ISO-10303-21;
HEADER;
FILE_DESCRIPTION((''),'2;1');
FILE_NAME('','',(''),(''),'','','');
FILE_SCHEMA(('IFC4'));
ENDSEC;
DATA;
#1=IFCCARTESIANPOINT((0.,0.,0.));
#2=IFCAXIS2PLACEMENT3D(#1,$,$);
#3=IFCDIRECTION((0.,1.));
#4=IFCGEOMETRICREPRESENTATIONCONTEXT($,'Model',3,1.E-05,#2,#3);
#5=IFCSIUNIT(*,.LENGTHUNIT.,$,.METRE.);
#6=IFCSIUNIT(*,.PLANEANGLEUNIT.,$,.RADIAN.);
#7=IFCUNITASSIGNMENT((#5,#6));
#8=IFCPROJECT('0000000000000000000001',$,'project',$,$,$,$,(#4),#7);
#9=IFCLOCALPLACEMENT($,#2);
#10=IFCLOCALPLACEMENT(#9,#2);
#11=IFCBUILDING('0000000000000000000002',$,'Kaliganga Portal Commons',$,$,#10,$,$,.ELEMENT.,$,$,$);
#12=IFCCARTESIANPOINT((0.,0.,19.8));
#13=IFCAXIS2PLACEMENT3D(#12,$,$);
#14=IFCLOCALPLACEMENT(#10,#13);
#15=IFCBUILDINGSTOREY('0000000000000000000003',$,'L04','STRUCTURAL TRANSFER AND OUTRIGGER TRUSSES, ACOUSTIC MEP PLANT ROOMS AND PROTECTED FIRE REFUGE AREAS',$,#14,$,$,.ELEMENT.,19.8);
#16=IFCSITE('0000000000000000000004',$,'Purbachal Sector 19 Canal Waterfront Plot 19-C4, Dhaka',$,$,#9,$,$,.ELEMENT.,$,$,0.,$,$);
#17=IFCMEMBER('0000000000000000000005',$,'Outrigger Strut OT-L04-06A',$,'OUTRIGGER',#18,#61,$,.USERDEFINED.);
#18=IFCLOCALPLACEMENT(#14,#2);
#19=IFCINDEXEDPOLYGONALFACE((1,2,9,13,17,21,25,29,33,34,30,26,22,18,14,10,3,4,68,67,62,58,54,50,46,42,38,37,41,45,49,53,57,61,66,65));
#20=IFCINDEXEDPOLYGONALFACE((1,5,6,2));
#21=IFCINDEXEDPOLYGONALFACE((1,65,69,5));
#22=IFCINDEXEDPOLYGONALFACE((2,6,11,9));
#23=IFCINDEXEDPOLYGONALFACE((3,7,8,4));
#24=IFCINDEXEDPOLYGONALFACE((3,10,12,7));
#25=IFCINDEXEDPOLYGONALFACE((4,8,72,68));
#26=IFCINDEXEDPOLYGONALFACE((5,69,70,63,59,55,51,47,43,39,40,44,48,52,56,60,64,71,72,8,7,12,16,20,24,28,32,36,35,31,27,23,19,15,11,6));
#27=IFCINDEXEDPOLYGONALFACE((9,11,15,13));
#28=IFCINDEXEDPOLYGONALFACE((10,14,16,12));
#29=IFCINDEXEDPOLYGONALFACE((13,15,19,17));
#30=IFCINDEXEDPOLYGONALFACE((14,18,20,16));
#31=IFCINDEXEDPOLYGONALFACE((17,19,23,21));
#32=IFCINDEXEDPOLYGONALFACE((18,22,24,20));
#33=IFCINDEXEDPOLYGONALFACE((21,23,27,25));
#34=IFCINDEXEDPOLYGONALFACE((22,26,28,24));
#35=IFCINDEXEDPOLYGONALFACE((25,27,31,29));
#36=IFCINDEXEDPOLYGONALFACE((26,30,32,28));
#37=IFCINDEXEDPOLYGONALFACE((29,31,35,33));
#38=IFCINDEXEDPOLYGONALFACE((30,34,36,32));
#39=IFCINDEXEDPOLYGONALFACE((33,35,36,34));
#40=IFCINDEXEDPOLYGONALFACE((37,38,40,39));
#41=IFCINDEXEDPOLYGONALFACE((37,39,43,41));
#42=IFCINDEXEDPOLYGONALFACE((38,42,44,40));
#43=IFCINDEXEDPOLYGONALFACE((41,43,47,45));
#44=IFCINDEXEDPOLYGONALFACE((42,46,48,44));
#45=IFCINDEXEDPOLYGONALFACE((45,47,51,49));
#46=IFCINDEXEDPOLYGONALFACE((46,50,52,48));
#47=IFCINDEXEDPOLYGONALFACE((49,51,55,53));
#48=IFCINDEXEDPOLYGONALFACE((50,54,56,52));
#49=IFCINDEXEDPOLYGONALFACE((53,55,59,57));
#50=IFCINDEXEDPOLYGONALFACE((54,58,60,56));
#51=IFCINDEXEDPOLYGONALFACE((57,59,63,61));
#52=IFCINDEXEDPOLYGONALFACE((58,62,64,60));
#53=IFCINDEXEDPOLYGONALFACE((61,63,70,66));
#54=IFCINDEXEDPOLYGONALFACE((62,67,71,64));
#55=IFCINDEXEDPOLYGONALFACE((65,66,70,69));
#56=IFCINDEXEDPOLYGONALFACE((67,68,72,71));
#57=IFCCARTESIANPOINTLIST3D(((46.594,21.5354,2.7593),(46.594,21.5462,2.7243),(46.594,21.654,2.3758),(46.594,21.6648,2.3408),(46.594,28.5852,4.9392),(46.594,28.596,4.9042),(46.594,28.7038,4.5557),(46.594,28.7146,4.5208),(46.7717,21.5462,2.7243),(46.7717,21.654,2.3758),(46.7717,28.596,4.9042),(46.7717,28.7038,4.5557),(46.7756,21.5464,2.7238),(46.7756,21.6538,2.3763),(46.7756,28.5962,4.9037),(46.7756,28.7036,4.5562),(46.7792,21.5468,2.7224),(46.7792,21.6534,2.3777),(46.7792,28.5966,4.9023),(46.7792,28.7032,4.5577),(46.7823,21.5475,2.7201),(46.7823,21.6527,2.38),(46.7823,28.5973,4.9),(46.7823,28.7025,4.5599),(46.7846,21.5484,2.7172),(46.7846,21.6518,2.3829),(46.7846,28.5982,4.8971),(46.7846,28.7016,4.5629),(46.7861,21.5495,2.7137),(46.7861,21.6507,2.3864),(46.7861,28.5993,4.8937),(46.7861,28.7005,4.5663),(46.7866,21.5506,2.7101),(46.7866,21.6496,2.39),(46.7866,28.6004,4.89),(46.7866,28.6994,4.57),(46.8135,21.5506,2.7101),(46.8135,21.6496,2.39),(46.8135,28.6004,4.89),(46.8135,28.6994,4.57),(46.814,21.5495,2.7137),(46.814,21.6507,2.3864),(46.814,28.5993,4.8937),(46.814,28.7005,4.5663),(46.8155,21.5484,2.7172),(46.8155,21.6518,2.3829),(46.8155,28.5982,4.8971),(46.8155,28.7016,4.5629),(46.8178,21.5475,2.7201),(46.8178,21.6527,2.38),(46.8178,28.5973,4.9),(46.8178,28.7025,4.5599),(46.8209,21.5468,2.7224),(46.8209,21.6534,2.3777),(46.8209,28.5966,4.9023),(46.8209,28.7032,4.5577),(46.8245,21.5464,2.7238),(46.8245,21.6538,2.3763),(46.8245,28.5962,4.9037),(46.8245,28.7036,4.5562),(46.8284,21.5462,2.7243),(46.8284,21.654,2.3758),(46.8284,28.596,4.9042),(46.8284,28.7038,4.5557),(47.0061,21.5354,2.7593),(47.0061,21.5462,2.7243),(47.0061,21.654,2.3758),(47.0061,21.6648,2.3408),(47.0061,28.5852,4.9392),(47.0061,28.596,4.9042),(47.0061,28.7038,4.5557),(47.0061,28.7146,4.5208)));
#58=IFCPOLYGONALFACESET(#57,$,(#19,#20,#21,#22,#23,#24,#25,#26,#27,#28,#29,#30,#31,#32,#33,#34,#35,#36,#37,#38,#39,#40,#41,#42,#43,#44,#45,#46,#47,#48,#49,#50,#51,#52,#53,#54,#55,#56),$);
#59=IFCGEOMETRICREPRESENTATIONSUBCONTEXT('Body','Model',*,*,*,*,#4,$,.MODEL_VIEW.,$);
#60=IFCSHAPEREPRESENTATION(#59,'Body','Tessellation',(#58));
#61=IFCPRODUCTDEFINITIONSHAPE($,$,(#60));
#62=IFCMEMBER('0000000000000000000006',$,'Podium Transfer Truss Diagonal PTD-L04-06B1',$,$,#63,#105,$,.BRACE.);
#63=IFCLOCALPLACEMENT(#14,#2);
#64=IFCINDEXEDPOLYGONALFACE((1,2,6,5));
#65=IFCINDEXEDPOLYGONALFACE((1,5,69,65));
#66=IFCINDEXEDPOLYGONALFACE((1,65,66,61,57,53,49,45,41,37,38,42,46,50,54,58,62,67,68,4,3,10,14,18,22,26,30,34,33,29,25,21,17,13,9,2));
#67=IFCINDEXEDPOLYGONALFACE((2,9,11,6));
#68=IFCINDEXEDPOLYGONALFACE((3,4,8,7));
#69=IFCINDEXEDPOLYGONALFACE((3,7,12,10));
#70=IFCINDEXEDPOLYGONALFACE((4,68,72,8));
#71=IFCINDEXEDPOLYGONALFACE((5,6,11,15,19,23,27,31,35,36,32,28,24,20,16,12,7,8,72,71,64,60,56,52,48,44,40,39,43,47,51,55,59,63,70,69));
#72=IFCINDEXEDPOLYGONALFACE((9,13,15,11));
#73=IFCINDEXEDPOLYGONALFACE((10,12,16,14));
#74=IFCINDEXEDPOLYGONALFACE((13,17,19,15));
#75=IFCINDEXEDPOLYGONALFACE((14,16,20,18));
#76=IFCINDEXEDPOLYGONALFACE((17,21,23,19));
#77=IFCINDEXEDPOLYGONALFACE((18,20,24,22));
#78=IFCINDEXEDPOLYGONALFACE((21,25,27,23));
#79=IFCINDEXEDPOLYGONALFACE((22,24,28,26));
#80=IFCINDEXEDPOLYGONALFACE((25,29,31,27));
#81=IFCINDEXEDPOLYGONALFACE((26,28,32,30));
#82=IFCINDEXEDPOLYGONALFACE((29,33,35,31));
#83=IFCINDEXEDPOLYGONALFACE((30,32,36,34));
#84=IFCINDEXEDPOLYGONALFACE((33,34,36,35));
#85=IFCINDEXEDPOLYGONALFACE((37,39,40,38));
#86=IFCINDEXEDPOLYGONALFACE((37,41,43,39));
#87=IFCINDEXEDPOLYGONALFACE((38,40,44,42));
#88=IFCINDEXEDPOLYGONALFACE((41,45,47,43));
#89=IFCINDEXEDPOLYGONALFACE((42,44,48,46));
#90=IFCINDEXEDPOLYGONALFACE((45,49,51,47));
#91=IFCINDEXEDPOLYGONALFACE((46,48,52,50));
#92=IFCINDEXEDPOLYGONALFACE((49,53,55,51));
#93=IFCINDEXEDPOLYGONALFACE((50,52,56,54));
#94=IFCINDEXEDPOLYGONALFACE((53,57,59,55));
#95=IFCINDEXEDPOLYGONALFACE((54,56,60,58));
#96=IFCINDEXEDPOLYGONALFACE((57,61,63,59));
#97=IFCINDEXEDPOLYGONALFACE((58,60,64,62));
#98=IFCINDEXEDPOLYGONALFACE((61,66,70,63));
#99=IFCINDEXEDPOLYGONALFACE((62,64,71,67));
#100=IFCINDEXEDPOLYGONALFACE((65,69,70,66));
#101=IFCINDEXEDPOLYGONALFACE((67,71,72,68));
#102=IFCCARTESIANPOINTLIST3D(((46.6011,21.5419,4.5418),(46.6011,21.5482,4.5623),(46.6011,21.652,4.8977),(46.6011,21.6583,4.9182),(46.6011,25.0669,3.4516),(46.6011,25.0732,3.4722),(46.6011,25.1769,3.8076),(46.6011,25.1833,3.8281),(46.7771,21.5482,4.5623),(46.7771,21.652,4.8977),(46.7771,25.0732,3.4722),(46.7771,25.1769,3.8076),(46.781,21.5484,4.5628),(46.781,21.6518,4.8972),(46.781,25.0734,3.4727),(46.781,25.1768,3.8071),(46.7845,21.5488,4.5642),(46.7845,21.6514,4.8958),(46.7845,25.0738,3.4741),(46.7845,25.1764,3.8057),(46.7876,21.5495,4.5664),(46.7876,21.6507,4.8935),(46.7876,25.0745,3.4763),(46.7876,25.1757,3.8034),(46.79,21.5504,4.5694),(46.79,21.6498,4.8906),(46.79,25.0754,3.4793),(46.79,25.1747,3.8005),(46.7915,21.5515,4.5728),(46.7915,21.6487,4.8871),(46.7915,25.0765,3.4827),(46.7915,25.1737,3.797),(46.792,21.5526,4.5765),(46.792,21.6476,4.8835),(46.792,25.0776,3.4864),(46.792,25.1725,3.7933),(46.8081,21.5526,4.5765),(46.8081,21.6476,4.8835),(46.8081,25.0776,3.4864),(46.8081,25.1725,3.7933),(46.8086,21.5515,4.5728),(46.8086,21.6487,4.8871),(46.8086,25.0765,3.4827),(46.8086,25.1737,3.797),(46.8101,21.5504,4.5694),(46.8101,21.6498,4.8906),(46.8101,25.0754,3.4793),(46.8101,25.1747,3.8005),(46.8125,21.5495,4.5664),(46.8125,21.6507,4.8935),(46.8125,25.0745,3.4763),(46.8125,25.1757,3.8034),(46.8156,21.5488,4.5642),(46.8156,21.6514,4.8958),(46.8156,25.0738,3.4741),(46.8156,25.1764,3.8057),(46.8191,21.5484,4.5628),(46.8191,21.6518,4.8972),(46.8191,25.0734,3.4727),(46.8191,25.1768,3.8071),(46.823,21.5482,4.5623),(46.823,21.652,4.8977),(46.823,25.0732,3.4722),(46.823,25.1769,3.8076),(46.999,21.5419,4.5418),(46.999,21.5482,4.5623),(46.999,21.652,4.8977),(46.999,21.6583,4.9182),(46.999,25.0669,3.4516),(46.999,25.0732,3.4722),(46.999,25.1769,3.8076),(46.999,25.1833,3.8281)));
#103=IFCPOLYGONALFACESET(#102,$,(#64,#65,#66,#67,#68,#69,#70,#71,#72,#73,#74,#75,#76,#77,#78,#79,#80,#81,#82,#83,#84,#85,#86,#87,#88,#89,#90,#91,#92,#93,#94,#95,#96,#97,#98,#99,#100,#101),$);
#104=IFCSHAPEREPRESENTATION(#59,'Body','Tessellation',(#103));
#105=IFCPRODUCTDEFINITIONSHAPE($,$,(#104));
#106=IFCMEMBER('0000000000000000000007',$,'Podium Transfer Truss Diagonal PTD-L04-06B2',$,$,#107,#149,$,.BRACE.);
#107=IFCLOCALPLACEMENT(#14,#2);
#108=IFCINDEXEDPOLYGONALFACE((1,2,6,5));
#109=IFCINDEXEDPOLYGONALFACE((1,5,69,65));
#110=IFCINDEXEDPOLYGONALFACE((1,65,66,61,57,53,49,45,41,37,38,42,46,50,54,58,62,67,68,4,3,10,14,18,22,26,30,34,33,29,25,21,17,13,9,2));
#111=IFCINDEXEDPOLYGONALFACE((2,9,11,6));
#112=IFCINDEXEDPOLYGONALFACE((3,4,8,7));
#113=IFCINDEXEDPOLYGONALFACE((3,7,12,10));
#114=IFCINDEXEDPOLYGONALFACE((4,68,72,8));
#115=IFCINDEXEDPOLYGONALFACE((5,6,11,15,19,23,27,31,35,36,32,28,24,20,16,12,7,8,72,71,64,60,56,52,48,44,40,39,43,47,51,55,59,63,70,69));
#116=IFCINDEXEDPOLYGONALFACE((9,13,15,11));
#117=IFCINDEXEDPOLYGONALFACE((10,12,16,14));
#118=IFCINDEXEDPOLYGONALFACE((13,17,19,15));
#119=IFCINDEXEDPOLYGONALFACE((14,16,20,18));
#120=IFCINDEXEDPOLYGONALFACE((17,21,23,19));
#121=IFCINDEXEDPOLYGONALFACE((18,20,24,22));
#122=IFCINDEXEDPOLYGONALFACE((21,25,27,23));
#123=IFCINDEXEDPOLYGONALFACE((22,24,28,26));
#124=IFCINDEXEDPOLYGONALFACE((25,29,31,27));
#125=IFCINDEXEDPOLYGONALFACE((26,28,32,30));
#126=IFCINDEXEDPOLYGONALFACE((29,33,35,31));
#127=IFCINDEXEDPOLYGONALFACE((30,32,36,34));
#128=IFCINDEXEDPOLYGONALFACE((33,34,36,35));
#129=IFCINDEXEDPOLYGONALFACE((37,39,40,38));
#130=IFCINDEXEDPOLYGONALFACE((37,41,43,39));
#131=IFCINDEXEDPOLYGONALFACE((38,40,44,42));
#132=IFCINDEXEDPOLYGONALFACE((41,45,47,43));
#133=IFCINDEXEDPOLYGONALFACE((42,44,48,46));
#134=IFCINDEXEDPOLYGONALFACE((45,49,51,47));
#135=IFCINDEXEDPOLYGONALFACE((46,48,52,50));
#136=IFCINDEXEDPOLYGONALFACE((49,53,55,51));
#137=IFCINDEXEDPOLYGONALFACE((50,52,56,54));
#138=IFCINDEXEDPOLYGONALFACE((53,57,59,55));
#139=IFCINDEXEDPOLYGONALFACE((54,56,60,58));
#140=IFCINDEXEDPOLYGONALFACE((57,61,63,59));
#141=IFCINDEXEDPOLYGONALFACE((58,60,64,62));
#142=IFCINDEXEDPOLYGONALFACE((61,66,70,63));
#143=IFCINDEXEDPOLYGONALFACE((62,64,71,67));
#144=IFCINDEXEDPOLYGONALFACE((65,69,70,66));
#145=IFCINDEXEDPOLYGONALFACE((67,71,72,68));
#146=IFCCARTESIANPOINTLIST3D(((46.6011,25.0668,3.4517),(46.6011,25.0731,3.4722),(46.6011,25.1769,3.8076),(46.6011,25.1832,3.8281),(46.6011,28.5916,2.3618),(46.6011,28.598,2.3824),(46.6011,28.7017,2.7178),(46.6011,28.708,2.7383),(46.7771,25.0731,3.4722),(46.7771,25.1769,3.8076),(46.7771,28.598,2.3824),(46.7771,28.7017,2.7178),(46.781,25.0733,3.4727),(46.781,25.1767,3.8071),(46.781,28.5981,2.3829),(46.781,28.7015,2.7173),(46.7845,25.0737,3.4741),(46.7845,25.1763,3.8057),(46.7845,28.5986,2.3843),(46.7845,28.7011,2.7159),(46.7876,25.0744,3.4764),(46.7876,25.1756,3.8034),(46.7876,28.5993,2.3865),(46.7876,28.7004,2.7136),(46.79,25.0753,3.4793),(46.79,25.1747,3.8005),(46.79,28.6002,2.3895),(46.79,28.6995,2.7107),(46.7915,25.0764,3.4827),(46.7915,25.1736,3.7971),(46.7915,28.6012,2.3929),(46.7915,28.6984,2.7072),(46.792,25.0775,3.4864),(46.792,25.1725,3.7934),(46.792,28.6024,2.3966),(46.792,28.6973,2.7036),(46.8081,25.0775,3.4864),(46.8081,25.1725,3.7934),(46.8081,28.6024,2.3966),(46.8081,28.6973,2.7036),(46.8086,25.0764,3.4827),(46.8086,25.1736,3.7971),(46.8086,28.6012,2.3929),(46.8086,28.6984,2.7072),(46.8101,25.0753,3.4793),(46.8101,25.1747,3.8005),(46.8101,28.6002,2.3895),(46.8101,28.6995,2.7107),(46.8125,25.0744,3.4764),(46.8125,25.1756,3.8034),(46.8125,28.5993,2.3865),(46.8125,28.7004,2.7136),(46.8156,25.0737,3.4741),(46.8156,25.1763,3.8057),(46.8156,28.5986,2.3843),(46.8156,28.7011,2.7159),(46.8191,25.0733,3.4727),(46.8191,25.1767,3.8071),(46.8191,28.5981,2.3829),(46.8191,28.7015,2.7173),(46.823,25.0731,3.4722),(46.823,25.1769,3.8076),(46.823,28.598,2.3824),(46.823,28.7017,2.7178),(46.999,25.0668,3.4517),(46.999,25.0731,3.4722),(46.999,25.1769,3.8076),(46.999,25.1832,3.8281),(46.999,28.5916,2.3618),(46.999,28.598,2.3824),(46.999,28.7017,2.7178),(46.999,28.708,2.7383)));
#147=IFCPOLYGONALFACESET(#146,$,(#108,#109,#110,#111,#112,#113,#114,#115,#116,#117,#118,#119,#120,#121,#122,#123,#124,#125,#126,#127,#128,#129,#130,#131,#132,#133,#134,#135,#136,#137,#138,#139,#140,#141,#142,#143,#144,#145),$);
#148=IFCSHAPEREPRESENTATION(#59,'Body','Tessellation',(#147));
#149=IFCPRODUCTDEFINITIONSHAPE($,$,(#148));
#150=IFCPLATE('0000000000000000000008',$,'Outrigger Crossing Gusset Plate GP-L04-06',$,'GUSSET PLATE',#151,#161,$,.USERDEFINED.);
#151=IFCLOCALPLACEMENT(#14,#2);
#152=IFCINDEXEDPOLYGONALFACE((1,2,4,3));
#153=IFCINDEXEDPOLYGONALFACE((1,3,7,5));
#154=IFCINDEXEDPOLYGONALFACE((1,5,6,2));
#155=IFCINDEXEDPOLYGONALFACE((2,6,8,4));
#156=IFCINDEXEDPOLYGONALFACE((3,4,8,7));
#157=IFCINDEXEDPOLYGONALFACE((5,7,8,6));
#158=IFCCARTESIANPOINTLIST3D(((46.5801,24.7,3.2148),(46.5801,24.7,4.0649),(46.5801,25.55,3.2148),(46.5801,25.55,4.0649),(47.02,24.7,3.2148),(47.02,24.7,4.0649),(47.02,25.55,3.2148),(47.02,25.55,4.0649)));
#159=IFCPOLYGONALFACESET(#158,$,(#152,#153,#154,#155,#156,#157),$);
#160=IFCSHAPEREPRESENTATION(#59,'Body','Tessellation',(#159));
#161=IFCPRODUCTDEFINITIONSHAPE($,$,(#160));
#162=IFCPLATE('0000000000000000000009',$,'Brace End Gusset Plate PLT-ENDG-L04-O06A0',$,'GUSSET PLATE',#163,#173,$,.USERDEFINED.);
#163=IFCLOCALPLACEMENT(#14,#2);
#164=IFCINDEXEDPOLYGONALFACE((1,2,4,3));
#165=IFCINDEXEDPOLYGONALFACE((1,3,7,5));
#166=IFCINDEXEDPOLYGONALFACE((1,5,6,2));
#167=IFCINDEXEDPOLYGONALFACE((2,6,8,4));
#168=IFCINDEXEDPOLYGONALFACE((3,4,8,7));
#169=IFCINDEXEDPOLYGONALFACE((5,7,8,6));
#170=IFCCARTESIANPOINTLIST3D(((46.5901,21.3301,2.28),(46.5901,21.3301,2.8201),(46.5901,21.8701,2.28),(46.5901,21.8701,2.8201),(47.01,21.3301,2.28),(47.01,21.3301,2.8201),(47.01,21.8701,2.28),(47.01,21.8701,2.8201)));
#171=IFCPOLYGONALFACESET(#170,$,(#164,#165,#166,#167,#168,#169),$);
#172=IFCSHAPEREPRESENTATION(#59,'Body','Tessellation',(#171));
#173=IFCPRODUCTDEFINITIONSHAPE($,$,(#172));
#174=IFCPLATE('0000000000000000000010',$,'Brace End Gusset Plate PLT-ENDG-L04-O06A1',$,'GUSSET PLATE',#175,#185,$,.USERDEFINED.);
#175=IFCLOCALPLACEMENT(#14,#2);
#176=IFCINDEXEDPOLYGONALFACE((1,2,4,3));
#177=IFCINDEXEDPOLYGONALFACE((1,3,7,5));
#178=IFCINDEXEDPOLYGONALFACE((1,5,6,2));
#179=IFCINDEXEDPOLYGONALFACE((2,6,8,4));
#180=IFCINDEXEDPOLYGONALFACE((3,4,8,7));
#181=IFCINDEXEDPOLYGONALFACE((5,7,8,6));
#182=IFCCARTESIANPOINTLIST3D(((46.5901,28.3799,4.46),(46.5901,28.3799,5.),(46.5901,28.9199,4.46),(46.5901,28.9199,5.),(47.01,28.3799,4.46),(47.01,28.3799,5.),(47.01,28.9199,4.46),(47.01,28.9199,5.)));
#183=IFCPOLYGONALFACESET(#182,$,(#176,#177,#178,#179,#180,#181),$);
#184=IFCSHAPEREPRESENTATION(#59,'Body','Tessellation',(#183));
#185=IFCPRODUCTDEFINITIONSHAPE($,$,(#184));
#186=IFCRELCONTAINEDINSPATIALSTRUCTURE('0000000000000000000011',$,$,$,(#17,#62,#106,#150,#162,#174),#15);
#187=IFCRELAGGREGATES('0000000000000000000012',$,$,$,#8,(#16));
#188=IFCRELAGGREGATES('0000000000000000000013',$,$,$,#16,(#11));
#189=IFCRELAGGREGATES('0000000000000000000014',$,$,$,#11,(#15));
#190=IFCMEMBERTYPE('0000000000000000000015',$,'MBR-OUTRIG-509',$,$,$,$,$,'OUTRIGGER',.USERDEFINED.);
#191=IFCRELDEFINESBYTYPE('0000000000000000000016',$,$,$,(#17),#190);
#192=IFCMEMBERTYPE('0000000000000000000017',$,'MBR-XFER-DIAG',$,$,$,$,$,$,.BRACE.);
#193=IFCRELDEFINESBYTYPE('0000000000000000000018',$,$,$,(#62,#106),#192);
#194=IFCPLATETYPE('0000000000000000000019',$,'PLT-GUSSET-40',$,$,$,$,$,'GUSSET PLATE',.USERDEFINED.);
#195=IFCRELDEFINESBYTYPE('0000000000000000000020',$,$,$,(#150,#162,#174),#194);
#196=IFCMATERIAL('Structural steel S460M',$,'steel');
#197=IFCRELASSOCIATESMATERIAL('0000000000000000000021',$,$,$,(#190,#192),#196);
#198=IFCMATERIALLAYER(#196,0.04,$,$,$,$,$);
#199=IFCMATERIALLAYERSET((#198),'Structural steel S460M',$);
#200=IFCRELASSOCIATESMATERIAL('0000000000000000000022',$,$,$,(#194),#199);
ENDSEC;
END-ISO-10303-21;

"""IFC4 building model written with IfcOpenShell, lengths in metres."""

from ifc_helpers import new_model, si_unit, direction, frame, origin, origin_2d, place, context, subcontext, project, spatial, rectangle, i_section, extrude, source, transform, mapped, material, layer, layer_set, material_profile, profile_set, type_object, element, save


model = new_model("IFC4")

# Units and contexts
model_context = context("Model", 3, precision=1e-05, world=origin(), true_north=direction((0.0, 1.0)))
body_context = subcontext(model_context, "Body", "Model", "MODEL_VIEW")
ifc_project = project(units=[si_unit("LENGTHUNIT", "METRE"), si_unit("PLANEANGLEUNIT", "RADIAN")], contexts=[model_context])

# Site, building, storey
site_placement = place(None, origin())
site = spatial("IfcSite", under=ifc_project, at=site_placement, Name="Purbachal Sector 19 Canal Waterfront Plot 19-C4, Dhaka", CompositionType="ELEMENT", RefElevation=0.0)
building_placement = place(site_placement, origin())
building = spatial("IfcBuilding", under=site, at=building_placement, Name="Kaliganga Portal Commons", CompositionType="ELEMENT")
storey_placement = place(building_placement, frame((0.0, 0.0, 19.8)))
storey = spatial("IfcBuildingStorey", under=building, at=storey_placement, Name="L04", Description="STRUCTURAL TRANSFER AND OUTRIGGER TRUSSES, ACOUSTIC MEP PLANT ROOMS AND PROTECTED FIRE REFUGE AREAS", CompositionType="ELEMENT", Elevation=19.8)

# Members
ifc_material_1 = material(Name="Structural steel S460M", Category="steel")
ifc_material_profile_1 = material_profile(ifc_material_1, i_section(OverallWidth=0.4121, OverallDepth=0.438, WebThickness=0.0269, FlangeThickness=0.0366, FilletRadius=0.0149, at=origin_2d()), Name="HD 400x463")
ifc_profile_set_1 = profile_set([ifc_material_profile_1], Name="Structural steel S460M wide-flange")
member_type_1 = type_object("IfcMemberType", Name="MBR-OUTRIG-509", ElementType="OUTRIGGER", PredefinedType="USERDEFINED", material=ifc_profile_set_1)
shared_shape_1 = source(origin(), body_context, "Body", "SweptSolid", [
    extrude(i_section(OverallWidth=0.4121, OverallDepth=0.438, WebThickness=0.0269, FlangeThickness=0.0366, FilletRadius=0.0149, at=origin_2d()), origin(), (0.0, 0.0, 1.0), 7.3792),
])
member_1_placement = place(storey_placement, frame((46.8, 21.6001, 2.55), z_axis=(0.0, 0.955368, 0.295418), x_axis=(-1.0, 0.0, 0.0)))
element("IfcMember", 1, at=member_1_placement, inside=storey, type_object=member_type_1, Name="Outrigger Strut OT-L04-06A", ObjectType="OUTRIGGER", PredefinedType="USERDEFINED", context=body_context, shape_type="MappedRepresentation", body=[
    mapped(shared_shape_1, transform((0.0, 0.0, 0.0), x_axis=(1.0, 0.0, 0.0), y_axis=(0.0, 1.0, 0.0), z_axis=(0.0, 0.0, 1.0), scale=1.0)),
])
ifc_material_profile_2 = material_profile(ifc_material_1, i_section(OverallWidth=0.3979, OverallDepth=0.394, WebThickness=0.0161, FlangeThickness=0.0215, FilletRadius=0.0149, at=origin_2d()), Name="HD 400x262")
ifc_profile_set_2 = profile_set([ifc_material_profile_2], Name="Structural steel S460M wide-flange")
member_type_2 = type_object("IfcMemberType", Name="MBR-XFER-DIAG", PredefinedType="BRACE", material=ifc_profile_set_2)
shared_shape_2 = source(origin(), body_context, "Body", "SweptSolid", [
    extrude(i_section(OverallWidth=0.3979, OverallDepth=0.394, WebThickness=0.0161, FlangeThickness=0.0215, FilletRadius=0.0149, at=origin_2d()), origin(), (0.0, 0.0, 1.0), 3.6897),
])
member_2_placement = place(storey_placement, frame((46.8, 21.6001, 4.73), z_axis=(0.0, 0.955359, -0.295448), x_axis=(-1.0, 0.0, 0.0)))
element("IfcMember", 2, at=member_2_placement, inside=storey, type_object=member_type_2, Name="Podium Transfer Truss Diagonal PTD-L04-06B1", PredefinedType="BRACE", context=body_context, shape_type="MappedRepresentation", body=[
    mapped(shared_shape_2, transform((0.0, 0.0, 0.0), x_axis=(1.0, 0.0, 0.0), y_axis=(0.0, 1.0, 0.0), z_axis=(0.0, 0.0, 1.0), scale=1.0)),
])
shared_shape_3 = source(origin(), body_context, "Body", "SweptSolid", [
    extrude(i_section(OverallWidth=0.3979, OverallDepth=0.394, WebThickness=0.0161, FlangeThickness=0.0215, FilletRadius=0.0149, at=origin_2d()), origin(), (0.0, 0.0, 1.0), 3.6895),
])
member_3_placement = place(storey_placement, frame((46.8, 25.125, 3.6399), z_axis=(0.0, 0.955378, -0.295388), x_axis=(-1.0, 0.0, 0.0)))
element("IfcMember", 3, at=member_3_placement, inside=storey, type_object=member_type_2, Name="Podium Transfer Truss Diagonal PTD-L04-06B2", PredefinedType="BRACE", context=body_context, shape_type="MappedRepresentation", body=[
    mapped(shared_shape_3, transform((0.0, 0.0, 0.0), x_axis=(1.0, 0.0, 0.0), y_axis=(0.0, 1.0, 0.0), z_axis=(0.0, 0.0, 1.0), scale=1.0)),
])

# Plates
ifc_layer_1 = layer(ifc_material_1, 0.04)
ifc_layer_set_1 = layer_set([ifc_layer_1], Name="Structural steel S460M")
plate_type = type_object("IfcPlateType", Name="PLT-GUSSET-40", ElementType="GUSSET PLATE", PredefinedType="USERDEFINED", material=ifc_layer_set_1)
shared_shape_4 = source(origin(), body_context, "Body", "SweptSolid", [
    extrude(rectangle(XDim=0.8501, YDim=0.4399, at=origin_2d()), origin(), (0.0, 0.0, 1.0), 0.8501),
])
plate_placement = place(storey_placement, frame((46.8, 25.125, 3.2148), z_axis=(0.0, 0.0, 1.0), x_axis=(0.0, 1.0, 0.0)))
element("IfcPlate", 4, at=plate_placement, inside=storey, type_object=plate_type, Name="Outrigger Crossing Gusset Plate GP-L04-06", ObjectType="GUSSET PLATE", PredefinedType="USERDEFINED", context=body_context, shape_type="MappedRepresentation", body=[
    mapped(shared_shape_4, transform((0.0, 0.0, 0.0), x_axis=(1.0, 0.0, 0.0), y_axis=(0.0, 1.0, 0.0), z_axis=(0.0, 0.0, 1.0), scale=1.0)),
])
shared_shape_5 = source(origin(), body_context, "Body", "SweptSolid", [
    extrude(rectangle(XDim=0.54, YDim=0.4199, at=origin_2d()), origin(), (0.0, 0.0, 1.0), 0.54),
])
for number, where, z_axis, x_axis, name in (
    (5, (46.8, 21.6001, 2.28), (0.0, 0.0, 1.0), (0.0, 1.0, 0.0), "Brace End Gusset Plate PLT-ENDG-L04-O06A0"),
    (6, (46.8, 28.6499, 4.46), (0.0, 0.0, 1.0), (0.0, 1.0, 0.0), "Brace End Gusset Plate PLT-ENDG-L04-O06A1"),
):
    element("IfcPlate", number, at=place(storey_placement, frame(where, z_axis=z_axis, x_axis=x_axis)), inside=storey, type_object=plate_type, Name=name, ObjectType="GUSSET PLATE", PredefinedType="USERDEFINED", context=body_context, shape_type="MappedRepresentation", body=[
        mapped(shared_shape_5, transform((0.0, 0.0, 0.0), x_axis=(1.0, 0.0, 0.0), y_axis=(0.0, 1.0, 0.0), z_axis=(0.0, 0.0, 1.0), scale=1.0)),
    ])

save(model, "model.ifc")
